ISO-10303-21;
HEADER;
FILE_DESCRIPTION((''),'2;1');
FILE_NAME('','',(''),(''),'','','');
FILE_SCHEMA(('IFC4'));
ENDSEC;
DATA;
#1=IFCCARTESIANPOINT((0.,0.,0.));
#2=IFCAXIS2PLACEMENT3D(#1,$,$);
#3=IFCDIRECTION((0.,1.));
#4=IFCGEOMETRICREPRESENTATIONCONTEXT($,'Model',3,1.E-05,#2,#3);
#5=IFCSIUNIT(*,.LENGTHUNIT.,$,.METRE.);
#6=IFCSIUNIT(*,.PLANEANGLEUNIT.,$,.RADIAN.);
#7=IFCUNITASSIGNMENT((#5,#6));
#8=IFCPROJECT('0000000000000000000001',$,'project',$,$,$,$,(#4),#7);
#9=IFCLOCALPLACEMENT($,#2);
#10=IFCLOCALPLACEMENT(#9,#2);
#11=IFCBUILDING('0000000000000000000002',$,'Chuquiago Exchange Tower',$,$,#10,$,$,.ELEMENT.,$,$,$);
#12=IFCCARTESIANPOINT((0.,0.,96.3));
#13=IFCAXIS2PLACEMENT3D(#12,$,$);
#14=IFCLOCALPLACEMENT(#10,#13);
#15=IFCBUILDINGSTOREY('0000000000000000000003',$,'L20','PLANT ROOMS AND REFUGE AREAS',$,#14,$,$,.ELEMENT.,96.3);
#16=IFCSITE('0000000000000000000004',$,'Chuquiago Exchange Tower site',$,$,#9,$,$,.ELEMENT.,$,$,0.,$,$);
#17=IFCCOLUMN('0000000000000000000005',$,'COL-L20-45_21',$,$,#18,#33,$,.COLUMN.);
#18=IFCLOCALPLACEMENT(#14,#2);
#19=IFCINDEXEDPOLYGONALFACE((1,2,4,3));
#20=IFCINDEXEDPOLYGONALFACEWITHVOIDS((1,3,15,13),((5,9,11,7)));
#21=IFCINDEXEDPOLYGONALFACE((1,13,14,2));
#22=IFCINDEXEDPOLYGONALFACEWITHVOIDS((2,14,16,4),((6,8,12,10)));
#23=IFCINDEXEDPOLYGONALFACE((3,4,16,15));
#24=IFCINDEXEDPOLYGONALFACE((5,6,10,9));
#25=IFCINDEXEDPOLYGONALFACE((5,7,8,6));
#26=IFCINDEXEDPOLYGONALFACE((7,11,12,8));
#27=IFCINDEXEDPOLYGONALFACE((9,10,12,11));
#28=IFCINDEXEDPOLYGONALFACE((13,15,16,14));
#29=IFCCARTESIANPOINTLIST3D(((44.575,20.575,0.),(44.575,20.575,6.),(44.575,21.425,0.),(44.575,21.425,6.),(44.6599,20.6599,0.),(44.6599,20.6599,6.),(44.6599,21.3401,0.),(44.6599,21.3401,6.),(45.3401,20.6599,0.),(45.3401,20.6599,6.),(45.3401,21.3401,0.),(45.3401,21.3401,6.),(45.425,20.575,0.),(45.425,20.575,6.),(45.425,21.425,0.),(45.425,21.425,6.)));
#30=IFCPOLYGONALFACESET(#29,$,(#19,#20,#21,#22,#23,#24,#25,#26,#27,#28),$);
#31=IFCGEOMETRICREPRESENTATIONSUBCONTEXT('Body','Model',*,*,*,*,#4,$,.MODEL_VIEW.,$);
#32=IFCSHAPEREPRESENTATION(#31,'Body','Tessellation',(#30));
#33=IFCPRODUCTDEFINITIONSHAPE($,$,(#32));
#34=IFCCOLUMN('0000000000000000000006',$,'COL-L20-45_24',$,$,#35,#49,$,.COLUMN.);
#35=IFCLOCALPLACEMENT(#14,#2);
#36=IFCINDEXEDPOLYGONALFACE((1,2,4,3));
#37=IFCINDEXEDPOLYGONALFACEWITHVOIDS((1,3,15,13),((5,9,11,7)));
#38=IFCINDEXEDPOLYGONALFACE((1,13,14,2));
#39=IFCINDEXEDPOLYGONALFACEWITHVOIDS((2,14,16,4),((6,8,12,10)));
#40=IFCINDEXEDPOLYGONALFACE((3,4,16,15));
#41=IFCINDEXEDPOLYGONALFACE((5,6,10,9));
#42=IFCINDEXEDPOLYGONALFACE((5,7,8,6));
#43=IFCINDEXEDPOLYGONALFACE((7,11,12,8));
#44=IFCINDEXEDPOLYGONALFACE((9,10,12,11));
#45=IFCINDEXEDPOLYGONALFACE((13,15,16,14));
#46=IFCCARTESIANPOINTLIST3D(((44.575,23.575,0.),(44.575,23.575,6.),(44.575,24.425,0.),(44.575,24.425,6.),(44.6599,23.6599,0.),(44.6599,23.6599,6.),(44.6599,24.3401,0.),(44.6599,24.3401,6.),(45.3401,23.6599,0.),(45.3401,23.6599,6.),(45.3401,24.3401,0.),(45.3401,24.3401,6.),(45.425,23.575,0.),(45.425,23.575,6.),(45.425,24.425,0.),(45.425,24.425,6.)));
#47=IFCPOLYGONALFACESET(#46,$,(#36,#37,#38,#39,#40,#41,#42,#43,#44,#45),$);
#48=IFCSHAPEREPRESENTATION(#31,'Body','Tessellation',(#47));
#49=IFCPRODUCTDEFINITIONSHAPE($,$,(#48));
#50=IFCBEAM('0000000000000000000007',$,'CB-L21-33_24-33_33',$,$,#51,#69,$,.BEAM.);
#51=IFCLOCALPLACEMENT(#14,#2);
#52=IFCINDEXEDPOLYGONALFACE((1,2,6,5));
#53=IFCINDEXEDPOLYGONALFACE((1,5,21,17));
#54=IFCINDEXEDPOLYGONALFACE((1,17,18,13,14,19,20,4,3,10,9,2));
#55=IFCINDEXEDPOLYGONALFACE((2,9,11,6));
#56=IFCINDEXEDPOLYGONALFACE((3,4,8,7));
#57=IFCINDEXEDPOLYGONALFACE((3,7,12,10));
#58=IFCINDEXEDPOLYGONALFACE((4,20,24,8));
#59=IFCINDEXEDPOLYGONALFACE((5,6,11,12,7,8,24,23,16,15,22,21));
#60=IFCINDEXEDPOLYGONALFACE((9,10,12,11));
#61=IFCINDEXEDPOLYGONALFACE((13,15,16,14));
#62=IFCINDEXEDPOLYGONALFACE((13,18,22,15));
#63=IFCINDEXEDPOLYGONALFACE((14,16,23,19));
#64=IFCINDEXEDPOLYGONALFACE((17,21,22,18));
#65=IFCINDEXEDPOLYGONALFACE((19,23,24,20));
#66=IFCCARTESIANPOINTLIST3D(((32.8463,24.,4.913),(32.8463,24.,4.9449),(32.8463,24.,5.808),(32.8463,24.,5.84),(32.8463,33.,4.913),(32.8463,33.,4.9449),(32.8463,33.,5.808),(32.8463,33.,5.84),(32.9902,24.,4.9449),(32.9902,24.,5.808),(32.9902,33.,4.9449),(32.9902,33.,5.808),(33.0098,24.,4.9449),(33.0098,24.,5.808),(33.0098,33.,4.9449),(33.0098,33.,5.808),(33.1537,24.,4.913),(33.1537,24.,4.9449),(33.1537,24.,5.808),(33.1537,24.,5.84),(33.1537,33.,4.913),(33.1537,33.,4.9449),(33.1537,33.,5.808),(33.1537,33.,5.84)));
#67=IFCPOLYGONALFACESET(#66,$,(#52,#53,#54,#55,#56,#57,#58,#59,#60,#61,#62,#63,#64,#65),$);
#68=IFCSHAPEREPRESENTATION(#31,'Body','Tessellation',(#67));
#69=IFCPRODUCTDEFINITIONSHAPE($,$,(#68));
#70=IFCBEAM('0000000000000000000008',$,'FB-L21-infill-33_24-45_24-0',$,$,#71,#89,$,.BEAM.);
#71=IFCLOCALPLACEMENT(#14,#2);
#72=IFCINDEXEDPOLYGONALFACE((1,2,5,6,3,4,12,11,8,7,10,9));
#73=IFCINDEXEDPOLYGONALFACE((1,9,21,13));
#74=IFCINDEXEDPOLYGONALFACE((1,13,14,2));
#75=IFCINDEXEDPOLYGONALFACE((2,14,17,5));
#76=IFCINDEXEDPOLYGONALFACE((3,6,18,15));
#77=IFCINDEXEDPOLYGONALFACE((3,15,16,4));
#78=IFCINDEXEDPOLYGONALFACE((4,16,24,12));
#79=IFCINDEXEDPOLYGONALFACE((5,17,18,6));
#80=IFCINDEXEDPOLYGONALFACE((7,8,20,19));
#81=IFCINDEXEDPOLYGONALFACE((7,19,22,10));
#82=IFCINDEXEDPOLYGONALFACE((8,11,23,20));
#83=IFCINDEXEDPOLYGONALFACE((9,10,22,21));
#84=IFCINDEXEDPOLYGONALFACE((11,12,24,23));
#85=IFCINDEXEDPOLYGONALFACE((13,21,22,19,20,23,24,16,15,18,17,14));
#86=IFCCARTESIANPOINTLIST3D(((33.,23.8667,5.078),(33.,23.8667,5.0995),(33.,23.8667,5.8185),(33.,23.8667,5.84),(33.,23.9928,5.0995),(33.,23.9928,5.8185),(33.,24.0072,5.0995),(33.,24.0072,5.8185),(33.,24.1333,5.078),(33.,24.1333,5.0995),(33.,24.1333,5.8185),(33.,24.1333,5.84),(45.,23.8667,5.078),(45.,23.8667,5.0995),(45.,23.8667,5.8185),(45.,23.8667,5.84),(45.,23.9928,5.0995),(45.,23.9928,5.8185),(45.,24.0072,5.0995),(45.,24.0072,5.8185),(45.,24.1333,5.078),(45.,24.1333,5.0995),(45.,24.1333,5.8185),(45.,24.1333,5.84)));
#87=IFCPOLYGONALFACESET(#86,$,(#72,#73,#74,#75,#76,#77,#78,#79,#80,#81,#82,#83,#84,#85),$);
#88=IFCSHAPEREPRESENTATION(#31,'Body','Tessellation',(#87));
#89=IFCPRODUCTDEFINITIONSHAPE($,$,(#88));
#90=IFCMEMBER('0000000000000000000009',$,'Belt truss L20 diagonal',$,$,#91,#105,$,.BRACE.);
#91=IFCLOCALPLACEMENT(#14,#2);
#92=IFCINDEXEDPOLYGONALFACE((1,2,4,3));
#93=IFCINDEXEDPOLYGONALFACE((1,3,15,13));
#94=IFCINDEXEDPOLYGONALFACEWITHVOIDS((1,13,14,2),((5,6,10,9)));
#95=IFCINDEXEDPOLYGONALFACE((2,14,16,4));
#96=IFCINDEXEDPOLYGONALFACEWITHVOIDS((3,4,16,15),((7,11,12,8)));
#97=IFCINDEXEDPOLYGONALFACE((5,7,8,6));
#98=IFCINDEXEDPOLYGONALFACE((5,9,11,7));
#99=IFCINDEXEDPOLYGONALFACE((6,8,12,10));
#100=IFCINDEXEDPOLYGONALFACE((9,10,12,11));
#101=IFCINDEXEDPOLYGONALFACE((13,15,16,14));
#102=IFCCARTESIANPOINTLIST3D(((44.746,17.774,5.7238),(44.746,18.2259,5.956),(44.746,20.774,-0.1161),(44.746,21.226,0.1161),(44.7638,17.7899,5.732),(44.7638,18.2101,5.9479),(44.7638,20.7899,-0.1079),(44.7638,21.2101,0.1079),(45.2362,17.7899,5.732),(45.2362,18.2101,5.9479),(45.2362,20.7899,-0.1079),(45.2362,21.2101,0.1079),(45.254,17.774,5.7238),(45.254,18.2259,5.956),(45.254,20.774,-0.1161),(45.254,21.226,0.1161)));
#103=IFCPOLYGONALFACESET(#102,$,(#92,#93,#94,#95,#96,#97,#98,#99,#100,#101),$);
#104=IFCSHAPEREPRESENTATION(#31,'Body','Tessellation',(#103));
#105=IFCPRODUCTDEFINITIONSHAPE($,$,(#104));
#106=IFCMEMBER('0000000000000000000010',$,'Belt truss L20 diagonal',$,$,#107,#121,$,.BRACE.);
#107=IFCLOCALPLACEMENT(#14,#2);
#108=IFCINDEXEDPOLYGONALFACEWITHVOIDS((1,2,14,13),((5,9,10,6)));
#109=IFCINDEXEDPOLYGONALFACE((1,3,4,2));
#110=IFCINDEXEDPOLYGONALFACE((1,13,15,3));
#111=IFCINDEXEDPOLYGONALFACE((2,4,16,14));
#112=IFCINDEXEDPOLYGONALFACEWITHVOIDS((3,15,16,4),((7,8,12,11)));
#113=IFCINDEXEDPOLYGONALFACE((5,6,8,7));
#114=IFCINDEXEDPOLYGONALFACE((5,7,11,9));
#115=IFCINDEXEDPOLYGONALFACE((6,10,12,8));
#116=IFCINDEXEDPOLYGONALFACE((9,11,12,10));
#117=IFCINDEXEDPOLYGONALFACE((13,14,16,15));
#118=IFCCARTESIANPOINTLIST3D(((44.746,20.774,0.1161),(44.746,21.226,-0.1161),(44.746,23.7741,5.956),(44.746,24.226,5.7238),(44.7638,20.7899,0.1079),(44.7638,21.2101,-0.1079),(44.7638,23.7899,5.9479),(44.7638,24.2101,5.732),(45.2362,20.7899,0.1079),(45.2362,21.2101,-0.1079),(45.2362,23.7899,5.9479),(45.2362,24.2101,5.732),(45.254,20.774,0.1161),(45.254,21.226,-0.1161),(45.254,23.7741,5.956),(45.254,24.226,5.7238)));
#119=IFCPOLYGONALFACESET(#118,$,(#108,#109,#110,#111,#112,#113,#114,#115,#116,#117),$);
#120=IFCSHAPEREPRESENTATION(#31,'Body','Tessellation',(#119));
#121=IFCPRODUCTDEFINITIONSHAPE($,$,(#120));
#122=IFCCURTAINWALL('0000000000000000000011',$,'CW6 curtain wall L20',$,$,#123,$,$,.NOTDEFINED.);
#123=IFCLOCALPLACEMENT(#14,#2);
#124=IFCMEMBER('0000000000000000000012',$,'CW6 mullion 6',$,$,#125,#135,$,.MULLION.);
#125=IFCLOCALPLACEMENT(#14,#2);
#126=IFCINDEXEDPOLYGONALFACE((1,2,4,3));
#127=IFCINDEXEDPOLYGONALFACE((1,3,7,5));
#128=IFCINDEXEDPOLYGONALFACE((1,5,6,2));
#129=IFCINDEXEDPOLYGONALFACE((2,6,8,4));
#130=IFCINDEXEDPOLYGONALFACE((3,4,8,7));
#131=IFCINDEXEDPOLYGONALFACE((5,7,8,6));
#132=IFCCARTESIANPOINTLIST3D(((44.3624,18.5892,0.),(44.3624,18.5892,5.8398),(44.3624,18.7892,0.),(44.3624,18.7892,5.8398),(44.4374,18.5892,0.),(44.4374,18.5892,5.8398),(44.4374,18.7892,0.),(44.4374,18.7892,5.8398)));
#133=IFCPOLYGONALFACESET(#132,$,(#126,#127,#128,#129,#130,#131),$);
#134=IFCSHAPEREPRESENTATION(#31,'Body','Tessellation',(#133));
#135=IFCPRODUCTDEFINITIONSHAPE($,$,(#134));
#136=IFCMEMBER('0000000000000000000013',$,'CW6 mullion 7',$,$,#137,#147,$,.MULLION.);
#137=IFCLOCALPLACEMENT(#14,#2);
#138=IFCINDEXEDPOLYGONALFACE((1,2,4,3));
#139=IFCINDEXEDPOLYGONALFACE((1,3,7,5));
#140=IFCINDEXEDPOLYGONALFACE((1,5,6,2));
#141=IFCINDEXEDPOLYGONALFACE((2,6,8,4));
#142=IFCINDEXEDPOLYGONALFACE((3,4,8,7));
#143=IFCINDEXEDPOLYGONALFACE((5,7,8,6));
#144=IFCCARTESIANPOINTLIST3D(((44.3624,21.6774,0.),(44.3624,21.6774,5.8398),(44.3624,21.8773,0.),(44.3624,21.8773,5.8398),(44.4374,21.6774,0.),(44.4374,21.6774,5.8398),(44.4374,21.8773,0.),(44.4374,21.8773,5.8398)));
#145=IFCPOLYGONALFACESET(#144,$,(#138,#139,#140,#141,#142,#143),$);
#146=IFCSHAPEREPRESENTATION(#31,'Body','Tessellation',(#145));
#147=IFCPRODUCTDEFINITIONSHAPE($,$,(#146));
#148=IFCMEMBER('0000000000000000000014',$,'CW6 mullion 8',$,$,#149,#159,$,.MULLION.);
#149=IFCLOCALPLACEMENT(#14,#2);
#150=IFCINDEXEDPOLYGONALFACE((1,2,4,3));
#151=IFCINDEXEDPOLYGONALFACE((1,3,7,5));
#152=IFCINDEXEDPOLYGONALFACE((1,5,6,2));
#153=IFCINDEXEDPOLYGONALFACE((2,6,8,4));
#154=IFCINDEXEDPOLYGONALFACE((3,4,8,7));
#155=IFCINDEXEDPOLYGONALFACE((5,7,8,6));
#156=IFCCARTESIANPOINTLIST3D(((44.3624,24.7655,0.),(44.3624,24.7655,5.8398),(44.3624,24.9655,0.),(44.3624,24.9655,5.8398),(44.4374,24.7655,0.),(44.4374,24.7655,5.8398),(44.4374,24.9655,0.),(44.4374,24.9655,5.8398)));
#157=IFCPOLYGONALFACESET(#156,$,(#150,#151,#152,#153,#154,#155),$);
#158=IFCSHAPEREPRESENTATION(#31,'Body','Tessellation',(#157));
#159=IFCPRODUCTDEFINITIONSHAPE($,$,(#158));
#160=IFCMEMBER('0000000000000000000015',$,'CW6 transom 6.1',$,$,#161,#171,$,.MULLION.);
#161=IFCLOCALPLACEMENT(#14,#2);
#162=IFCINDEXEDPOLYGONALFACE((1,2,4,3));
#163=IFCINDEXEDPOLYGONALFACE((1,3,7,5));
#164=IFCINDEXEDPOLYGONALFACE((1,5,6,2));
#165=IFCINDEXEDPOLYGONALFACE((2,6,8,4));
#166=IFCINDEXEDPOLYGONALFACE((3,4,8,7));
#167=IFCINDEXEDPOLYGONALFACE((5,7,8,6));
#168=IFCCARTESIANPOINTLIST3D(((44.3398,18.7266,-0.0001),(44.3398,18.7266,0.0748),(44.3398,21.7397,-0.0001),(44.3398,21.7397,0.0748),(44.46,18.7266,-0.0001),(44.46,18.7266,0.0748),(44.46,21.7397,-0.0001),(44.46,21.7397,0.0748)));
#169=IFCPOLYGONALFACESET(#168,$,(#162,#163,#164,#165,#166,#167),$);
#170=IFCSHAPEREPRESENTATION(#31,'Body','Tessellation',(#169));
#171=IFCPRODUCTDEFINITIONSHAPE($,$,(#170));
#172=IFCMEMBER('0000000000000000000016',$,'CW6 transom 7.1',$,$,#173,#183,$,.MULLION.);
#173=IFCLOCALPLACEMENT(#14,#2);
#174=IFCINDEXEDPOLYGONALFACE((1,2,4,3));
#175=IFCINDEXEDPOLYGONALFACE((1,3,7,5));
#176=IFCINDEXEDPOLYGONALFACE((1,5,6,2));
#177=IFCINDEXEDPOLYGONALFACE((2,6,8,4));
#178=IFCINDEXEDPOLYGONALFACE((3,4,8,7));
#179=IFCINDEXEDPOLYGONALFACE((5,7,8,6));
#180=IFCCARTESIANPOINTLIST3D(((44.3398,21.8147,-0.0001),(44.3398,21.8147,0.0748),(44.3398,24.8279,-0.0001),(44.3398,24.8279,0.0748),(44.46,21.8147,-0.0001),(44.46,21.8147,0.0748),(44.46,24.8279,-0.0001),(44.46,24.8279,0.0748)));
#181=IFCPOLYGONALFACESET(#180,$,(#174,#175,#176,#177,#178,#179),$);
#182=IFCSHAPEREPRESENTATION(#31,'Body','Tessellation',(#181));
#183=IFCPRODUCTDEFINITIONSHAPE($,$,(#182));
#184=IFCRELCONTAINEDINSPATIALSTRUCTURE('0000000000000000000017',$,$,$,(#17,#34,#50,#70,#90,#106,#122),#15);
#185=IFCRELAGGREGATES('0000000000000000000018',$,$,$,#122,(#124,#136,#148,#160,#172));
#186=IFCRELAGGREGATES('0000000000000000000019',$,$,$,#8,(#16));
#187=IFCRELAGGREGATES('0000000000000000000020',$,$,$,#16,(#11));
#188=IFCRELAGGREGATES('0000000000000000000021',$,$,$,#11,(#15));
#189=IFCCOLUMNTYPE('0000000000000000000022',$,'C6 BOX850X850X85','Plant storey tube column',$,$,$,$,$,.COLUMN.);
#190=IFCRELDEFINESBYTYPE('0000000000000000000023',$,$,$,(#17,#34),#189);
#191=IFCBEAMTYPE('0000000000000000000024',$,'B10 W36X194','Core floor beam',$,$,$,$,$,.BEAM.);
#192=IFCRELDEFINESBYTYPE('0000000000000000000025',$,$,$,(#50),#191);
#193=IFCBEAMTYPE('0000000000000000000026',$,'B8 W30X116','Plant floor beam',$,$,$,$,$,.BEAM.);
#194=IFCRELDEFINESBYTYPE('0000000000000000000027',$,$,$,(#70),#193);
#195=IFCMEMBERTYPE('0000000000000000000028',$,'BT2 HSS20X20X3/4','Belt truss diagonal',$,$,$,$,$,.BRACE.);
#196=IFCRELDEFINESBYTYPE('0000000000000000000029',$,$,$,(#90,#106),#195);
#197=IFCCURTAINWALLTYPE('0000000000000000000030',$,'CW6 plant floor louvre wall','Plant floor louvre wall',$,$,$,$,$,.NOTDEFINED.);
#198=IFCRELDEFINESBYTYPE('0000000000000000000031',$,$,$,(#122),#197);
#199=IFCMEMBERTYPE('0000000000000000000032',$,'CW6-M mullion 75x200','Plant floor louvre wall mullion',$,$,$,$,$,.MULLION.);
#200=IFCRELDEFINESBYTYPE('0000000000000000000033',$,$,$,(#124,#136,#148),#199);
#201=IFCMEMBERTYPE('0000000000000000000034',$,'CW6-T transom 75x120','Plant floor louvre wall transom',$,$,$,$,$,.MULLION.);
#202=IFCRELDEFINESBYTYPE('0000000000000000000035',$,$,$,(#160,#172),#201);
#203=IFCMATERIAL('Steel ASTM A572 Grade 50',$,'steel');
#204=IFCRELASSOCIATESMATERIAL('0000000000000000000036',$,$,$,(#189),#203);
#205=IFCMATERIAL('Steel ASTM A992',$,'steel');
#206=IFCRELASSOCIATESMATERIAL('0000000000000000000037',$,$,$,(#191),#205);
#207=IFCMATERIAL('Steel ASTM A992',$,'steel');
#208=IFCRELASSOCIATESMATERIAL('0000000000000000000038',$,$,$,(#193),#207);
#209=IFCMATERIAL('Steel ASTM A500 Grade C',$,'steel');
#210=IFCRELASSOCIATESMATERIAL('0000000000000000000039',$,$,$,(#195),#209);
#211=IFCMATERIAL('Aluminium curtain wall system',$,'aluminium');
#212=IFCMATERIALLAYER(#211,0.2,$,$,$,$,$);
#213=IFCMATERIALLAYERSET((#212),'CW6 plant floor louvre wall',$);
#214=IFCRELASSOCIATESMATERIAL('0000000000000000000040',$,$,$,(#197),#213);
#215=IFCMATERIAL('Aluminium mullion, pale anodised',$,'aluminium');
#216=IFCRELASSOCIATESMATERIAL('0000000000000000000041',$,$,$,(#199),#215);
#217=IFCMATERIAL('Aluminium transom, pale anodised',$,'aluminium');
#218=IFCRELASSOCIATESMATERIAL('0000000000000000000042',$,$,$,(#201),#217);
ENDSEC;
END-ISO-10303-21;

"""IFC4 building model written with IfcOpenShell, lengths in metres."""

from ifc_helpers import new_model, si_unit, direction, frame, origin, origin_2d, place, context, subcontext, project, spatial, rectangle, hollow_rectangle, i_section, extrude, material, layer, layer_set, material_profile, profile_set, type_object, element, aggregate, save


model = new_model("IFC4")

# Units and contexts
model_context = context("Model", 3, precision=1e-05, world=origin(), true_north=direction((0.0, 1.0)))
body_context = subcontext(model_context, "Body", "Model", "MODEL_VIEW")
ifc_project = project(units=[si_unit("LENGTHUNIT", "METRE"), si_unit("PLANEANGLEUNIT", "RADIAN")], contexts=[model_context])

# Site, building, storey
site_placement = place(None, origin())
site = spatial("IfcSite", under=ifc_project, at=site_placement, Name="Chuquiago Exchange Tower site", CompositionType="ELEMENT", RefElevation=0.0)
building_placement = place(site_placement, origin())
building = spatial("IfcBuilding", under=site, at=building_placement, Name="Chuquiago Exchange Tower", CompositionType="ELEMENT")
storey_placement = place(building_placement, frame((0.0, 0.0, 96.3)))
storey = spatial("IfcBuildingStorey", under=building, at=storey_placement, Name="L20", Description="PLANT ROOMS AND REFUGE AREAS", CompositionType="ELEMENT", Elevation=96.3)

# Columns
ifc_material_1 = material(Name="Steel ASTM A572 Grade 50", Category="steel")
ifc_material_profile_1 = material_profile(ifc_material_1, hollow_rectangle(XDim=0.8501, YDim=0.8501, WallThickness=0.085, at=origin_2d()), Name="BOX850X850X85")
ifc_profile_set_1 = profile_set([ifc_material_profile_1], Name="Steel ASTM A572 Grade 50")
column_type = type_object("IfcColumnType", Name="C6 BOX850X850X85", Description="Plant storey tube column", PredefinedType="COLUMN", material=ifc_profile_set_1)
for number, where, z_axis, x_axis, name in (
    (1, (45.0, 21.0, 0.0), (0.0, 0.0, 1.0), (1.0, 0.0, 0.0), "COL-L20-45_21"),
    (2, (45.0, 24.0, 0.0), (0.0, 0.0, 1.0), (1.0, 0.0, 0.0), "COL-L20-45_24"),
):
    element("IfcColumn", number, at=place(storey_placement, frame(where, z_axis=z_axis, x_axis=x_axis)), inside=storey, type_object=column_type, Name=name, PredefinedType="COLUMN", context=body_context, shape_type="SweptSolid", body=[
        extrude(hollow_rectangle(XDim=0.8501, YDim=0.8501, WallThickness=0.085, at=origin_2d()), origin(), (0.0, 0.0, 1.0), 6.0),
    ])

# Beams
ifc_material_2 = material(Name="Steel ASTM A992", Category="steel")
ifc_material_profile_2 = material_profile(ifc_material_2, i_section(OverallWidth=0.3074, OverallDepth=0.927, WebThickness=0.0195, FlangeThickness=0.032, at=origin_2d()), Name="W36X194")
ifc_profile_set_2 = profile_set([ifc_material_profile_2], Name="Steel ASTM A992")
beam_type_1 = type_object("IfcBeamType", Name="B10 W36X194", Description="Core floor beam", PredefinedType="BEAM", material=ifc_profile_set_2)
beam_1_placement = place(storey_placement, frame((33.0, 24.0, 5.3765), z_axis=(0.0, 1.0, 0.0), x_axis=(-1.0, 0.0, 0.0)))
element("IfcBeam", 3, at=beam_1_placement, inside=storey, type_object=beam_type_1, Name="CB-L21-33_24-33_33", PredefinedType="BEAM", context=body_context, shape_type="SweptSolid", body=[
    extrude(i_section(OverallWidth=0.3074, OverallDepth=0.927, WebThickness=0.0195, FlangeThickness=0.032, at=origin_2d()), origin(), (0.0, 0.0, 1.0), 9.0),
])
ifc_material_3 = material(Name="Steel ASTM A992", Category="steel")
ifc_material_profile_3 = material_profile(ifc_material_3, i_section(OverallWidth=0.2666, OverallDepth=0.762, WebThickness=0.0144, FlangeThickness=0.0215, at=origin_2d()), Name="W30X116")
ifc_profile_set_3 = profile_set([ifc_material_profile_3], Name="Steel ASTM A992")
beam_type_2 = type_object("IfcBeamType", Name="B8 W30X116", Description="Plant floor beam", PredefinedType="BEAM", material=ifc_profile_set_3)
beam_2_placement = place(storey_placement, frame((33.0, 24.0, 5.459), z_axis=(1.0, 0.0, 0.0), x_axis=(0.0, 1.0, 0.0)))
element("IfcBeam", 4, at=beam_2_placement, inside=storey, type_object=beam_type_2, Name="FB-L21-infill-33_24-45_24-0", PredefinedType="BEAM", context=body_context, shape_type="SweptSolid", body=[
    extrude(i_section(OverallWidth=0.2666, OverallDepth=0.762, WebThickness=0.0144, FlangeThickness=0.0215, at=origin_2d()), origin(), (0.0, 0.0, 1.0), 12.0),
])

# Members
ifc_material_4 = material(Name="Steel ASTM A500 Grade C", Category="steel")
ifc_material_profile_4 = material_profile(ifc_material_4, hollow_rectangle(XDim=0.5081, YDim=0.5081, WallThickness=0.0178, at=origin_2d()), Name="HSS20X20X3/4")
ifc_profile_set_4 = profile_set([ifc_material_profile_4], Name="Steel ASTM A500 Grade C")
member_type_1 = type_object("IfcMemberType", Name="BT2 HSS20X20X3/4", Description="Belt truss diagonal", PredefinedType="BRACE", material=ifc_profile_set_4)
for number, where, z_axis, x_axis, name in (
    (5, (45.0, 21.0, 0.0), (0.0, -0.456945, 0.889495), (1.0, 0.0, 0.0), "Belt truss L20 diagonal"),
    (6, (45.0, 21.0, 0.0), (0.0, 0.456945, 0.889495), (-1.0, 0.0, 0.0), "Belt truss L20 diagonal"),
):
    element("IfcMember", number, at=place(storey_placement, frame(where, z_axis=z_axis, x_axis=x_axis)), inside=storey, type_object=member_type_1, Name=name, PredefinedType="BRACE", context=body_context, shape_type="SweptSolid", body=[
        extrude(hollow_rectangle(XDim=0.5081, YDim=0.5081, WallThickness=0.0178, at=origin_2d()), origin(), (0.0, 0.0, 1.0), 6.5654),
    ])

# Curtain wall, members
ifc_material_5 = material(Name="Aluminium curtain wall system", Category="aluminium")
ifc_layer_1 = layer(ifc_material_5, 0.2)
ifc_layer_set_1 = layer_set([ifc_layer_1], Name="CW6 plant floor louvre wall")
curtain_wall_type = type_object("IfcCurtainWallType", Name="CW6 plant floor louvre wall", Description="Plant floor louvre wall", PredefinedType="NOTDEFINED", material=ifc_layer_set_1)
curtain_wall_placement = place(storey_placement, origin())
curtain_wall = element("IfcCurtainWall", 7, at=curtain_wall_placement, inside=storey, type_object=curtain_wall_type, Name="CW6 curtain wall L20", PredefinedType="NOTDEFINED")
ifc_material_6 = material(Name="Aluminium mullion, pale anodised", Category="aluminium")
ifc_material_profile_5 = material_profile(ifc_material_6, rectangle(XDim=0.075, YDim=0.2, at=origin_2d()), Name="AL 75x200")
ifc_profile_set_5 = profile_set([ifc_material_profile_5], Name="Aluminium mullion, pale anodised")
member_type_2 = type_object("IfcMemberType", Name="CW6-M mullion 75x200", Description="Plant floor louvre wall mullion", PredefinedType="MULLION", material=ifc_profile_set_5)
member_1_placement = place(storey_placement, frame((44.3999, 18.6892, 0.0), z_axis=(0.0, 0.0, 1.0), x_axis=(-1.0, 0.0, 0.0)))
member_1 = element("IfcMember", 8, at=member_1_placement, type_object=member_type_2, Name="CW6 mullion 6", PredefinedType="MULLION", context=body_context, shape_type="SweptSolid", body=[
    extrude(rectangle(XDim=0.075, YDim=0.2, at=origin_2d()), origin(), (0.0, 0.0, 1.0), 5.8398),
])
member_2_placement = place(storey_placement, frame((44.3999, 21.7773, 0.0), z_axis=(0.0, 0.0, 1.0), x_axis=(-1.0, 0.0, 0.0)))
member_2 = element("IfcMember", 9, at=member_2_placement, type_object=member_type_2, Name="CW6 mullion 7", PredefinedType="MULLION", context=body_context, shape_type="SweptSolid", body=[
    extrude(rectangle(XDim=0.075, YDim=0.2, at=origin_2d()), origin(), (0.0, 0.0, 1.0), 5.8398),
])
member_3_placement = place(storey_placement, frame((44.3999, 24.8655, 0.0), z_axis=(0.0, 0.0, 1.0), x_axis=(-1.0, 0.0, 0.0)))
member_3 = element("IfcMember", 10, at=member_3_placement, type_object=member_type_2, Name="CW6 mullion 8", PredefinedType="MULLION", context=body_context, shape_type="SweptSolid", body=[
    extrude(rectangle(XDim=0.075, YDim=0.2, at=origin_2d()), origin(), (0.0, 0.0, 1.0), 5.8398),
])
ifc_material_7 = material(Name="Aluminium transom, pale anodised", Category="aluminium")
ifc_material_profile_6 = material_profile(ifc_material_7, rectangle(XDim=0.1201, YDim=0.075, at=origin_2d()), Name="AL 120x75")
ifc_profile_set_6 = profile_set([ifc_material_profile_6], Name="Aluminium transom, pale anodised")
member_type_3 = type_object("IfcMemberType", Name="CW6-T transom 75x120", Description="Plant floor louvre wall transom", PredefinedType="MULLION", material=ifc_profile_set_6)
member_4_placement = place(storey_placement, frame((44.3999, 18.7266, 0.0374), z_axis=(0.0, 1.0, 0.0), x_axis=(-1.0, 0.0, 0.0)))
member_4 = element("IfcMember", 11, at=member_4_placement, type_object=member_type_3, Name="CW6 transom 6.1", PredefinedType="MULLION", context=body_context, shape_type="SweptSolid", body=[
    extrude(rectangle(XDim=0.1201, YDim=0.075, at=origin_2d()), origin(), (0.0, 0.0, 1.0), 3.0132),
])
member_5_placement = place(storey_placement, frame((44.3999, 21.8147, 0.0374), z_axis=(0.0, 1.0, 0.0), x_axis=(-1.0, 0.0, 0.0)))
member_5 = element("IfcMember", 12, at=member_5_placement, type_object=member_type_3, Name="CW6 transom 7.1", PredefinedType="MULLION", context=body_context, shape_type="SweptSolid", body=[
    extrude(rectangle(XDim=0.1201, YDim=0.075, at=origin_2d()), origin(), (0.0, 0.0, 1.0), 3.0132),
])

aggregate(curtain_wall, [member_1, member_2, member_3, member_4, member_5])

save(model, "model.ifc")
